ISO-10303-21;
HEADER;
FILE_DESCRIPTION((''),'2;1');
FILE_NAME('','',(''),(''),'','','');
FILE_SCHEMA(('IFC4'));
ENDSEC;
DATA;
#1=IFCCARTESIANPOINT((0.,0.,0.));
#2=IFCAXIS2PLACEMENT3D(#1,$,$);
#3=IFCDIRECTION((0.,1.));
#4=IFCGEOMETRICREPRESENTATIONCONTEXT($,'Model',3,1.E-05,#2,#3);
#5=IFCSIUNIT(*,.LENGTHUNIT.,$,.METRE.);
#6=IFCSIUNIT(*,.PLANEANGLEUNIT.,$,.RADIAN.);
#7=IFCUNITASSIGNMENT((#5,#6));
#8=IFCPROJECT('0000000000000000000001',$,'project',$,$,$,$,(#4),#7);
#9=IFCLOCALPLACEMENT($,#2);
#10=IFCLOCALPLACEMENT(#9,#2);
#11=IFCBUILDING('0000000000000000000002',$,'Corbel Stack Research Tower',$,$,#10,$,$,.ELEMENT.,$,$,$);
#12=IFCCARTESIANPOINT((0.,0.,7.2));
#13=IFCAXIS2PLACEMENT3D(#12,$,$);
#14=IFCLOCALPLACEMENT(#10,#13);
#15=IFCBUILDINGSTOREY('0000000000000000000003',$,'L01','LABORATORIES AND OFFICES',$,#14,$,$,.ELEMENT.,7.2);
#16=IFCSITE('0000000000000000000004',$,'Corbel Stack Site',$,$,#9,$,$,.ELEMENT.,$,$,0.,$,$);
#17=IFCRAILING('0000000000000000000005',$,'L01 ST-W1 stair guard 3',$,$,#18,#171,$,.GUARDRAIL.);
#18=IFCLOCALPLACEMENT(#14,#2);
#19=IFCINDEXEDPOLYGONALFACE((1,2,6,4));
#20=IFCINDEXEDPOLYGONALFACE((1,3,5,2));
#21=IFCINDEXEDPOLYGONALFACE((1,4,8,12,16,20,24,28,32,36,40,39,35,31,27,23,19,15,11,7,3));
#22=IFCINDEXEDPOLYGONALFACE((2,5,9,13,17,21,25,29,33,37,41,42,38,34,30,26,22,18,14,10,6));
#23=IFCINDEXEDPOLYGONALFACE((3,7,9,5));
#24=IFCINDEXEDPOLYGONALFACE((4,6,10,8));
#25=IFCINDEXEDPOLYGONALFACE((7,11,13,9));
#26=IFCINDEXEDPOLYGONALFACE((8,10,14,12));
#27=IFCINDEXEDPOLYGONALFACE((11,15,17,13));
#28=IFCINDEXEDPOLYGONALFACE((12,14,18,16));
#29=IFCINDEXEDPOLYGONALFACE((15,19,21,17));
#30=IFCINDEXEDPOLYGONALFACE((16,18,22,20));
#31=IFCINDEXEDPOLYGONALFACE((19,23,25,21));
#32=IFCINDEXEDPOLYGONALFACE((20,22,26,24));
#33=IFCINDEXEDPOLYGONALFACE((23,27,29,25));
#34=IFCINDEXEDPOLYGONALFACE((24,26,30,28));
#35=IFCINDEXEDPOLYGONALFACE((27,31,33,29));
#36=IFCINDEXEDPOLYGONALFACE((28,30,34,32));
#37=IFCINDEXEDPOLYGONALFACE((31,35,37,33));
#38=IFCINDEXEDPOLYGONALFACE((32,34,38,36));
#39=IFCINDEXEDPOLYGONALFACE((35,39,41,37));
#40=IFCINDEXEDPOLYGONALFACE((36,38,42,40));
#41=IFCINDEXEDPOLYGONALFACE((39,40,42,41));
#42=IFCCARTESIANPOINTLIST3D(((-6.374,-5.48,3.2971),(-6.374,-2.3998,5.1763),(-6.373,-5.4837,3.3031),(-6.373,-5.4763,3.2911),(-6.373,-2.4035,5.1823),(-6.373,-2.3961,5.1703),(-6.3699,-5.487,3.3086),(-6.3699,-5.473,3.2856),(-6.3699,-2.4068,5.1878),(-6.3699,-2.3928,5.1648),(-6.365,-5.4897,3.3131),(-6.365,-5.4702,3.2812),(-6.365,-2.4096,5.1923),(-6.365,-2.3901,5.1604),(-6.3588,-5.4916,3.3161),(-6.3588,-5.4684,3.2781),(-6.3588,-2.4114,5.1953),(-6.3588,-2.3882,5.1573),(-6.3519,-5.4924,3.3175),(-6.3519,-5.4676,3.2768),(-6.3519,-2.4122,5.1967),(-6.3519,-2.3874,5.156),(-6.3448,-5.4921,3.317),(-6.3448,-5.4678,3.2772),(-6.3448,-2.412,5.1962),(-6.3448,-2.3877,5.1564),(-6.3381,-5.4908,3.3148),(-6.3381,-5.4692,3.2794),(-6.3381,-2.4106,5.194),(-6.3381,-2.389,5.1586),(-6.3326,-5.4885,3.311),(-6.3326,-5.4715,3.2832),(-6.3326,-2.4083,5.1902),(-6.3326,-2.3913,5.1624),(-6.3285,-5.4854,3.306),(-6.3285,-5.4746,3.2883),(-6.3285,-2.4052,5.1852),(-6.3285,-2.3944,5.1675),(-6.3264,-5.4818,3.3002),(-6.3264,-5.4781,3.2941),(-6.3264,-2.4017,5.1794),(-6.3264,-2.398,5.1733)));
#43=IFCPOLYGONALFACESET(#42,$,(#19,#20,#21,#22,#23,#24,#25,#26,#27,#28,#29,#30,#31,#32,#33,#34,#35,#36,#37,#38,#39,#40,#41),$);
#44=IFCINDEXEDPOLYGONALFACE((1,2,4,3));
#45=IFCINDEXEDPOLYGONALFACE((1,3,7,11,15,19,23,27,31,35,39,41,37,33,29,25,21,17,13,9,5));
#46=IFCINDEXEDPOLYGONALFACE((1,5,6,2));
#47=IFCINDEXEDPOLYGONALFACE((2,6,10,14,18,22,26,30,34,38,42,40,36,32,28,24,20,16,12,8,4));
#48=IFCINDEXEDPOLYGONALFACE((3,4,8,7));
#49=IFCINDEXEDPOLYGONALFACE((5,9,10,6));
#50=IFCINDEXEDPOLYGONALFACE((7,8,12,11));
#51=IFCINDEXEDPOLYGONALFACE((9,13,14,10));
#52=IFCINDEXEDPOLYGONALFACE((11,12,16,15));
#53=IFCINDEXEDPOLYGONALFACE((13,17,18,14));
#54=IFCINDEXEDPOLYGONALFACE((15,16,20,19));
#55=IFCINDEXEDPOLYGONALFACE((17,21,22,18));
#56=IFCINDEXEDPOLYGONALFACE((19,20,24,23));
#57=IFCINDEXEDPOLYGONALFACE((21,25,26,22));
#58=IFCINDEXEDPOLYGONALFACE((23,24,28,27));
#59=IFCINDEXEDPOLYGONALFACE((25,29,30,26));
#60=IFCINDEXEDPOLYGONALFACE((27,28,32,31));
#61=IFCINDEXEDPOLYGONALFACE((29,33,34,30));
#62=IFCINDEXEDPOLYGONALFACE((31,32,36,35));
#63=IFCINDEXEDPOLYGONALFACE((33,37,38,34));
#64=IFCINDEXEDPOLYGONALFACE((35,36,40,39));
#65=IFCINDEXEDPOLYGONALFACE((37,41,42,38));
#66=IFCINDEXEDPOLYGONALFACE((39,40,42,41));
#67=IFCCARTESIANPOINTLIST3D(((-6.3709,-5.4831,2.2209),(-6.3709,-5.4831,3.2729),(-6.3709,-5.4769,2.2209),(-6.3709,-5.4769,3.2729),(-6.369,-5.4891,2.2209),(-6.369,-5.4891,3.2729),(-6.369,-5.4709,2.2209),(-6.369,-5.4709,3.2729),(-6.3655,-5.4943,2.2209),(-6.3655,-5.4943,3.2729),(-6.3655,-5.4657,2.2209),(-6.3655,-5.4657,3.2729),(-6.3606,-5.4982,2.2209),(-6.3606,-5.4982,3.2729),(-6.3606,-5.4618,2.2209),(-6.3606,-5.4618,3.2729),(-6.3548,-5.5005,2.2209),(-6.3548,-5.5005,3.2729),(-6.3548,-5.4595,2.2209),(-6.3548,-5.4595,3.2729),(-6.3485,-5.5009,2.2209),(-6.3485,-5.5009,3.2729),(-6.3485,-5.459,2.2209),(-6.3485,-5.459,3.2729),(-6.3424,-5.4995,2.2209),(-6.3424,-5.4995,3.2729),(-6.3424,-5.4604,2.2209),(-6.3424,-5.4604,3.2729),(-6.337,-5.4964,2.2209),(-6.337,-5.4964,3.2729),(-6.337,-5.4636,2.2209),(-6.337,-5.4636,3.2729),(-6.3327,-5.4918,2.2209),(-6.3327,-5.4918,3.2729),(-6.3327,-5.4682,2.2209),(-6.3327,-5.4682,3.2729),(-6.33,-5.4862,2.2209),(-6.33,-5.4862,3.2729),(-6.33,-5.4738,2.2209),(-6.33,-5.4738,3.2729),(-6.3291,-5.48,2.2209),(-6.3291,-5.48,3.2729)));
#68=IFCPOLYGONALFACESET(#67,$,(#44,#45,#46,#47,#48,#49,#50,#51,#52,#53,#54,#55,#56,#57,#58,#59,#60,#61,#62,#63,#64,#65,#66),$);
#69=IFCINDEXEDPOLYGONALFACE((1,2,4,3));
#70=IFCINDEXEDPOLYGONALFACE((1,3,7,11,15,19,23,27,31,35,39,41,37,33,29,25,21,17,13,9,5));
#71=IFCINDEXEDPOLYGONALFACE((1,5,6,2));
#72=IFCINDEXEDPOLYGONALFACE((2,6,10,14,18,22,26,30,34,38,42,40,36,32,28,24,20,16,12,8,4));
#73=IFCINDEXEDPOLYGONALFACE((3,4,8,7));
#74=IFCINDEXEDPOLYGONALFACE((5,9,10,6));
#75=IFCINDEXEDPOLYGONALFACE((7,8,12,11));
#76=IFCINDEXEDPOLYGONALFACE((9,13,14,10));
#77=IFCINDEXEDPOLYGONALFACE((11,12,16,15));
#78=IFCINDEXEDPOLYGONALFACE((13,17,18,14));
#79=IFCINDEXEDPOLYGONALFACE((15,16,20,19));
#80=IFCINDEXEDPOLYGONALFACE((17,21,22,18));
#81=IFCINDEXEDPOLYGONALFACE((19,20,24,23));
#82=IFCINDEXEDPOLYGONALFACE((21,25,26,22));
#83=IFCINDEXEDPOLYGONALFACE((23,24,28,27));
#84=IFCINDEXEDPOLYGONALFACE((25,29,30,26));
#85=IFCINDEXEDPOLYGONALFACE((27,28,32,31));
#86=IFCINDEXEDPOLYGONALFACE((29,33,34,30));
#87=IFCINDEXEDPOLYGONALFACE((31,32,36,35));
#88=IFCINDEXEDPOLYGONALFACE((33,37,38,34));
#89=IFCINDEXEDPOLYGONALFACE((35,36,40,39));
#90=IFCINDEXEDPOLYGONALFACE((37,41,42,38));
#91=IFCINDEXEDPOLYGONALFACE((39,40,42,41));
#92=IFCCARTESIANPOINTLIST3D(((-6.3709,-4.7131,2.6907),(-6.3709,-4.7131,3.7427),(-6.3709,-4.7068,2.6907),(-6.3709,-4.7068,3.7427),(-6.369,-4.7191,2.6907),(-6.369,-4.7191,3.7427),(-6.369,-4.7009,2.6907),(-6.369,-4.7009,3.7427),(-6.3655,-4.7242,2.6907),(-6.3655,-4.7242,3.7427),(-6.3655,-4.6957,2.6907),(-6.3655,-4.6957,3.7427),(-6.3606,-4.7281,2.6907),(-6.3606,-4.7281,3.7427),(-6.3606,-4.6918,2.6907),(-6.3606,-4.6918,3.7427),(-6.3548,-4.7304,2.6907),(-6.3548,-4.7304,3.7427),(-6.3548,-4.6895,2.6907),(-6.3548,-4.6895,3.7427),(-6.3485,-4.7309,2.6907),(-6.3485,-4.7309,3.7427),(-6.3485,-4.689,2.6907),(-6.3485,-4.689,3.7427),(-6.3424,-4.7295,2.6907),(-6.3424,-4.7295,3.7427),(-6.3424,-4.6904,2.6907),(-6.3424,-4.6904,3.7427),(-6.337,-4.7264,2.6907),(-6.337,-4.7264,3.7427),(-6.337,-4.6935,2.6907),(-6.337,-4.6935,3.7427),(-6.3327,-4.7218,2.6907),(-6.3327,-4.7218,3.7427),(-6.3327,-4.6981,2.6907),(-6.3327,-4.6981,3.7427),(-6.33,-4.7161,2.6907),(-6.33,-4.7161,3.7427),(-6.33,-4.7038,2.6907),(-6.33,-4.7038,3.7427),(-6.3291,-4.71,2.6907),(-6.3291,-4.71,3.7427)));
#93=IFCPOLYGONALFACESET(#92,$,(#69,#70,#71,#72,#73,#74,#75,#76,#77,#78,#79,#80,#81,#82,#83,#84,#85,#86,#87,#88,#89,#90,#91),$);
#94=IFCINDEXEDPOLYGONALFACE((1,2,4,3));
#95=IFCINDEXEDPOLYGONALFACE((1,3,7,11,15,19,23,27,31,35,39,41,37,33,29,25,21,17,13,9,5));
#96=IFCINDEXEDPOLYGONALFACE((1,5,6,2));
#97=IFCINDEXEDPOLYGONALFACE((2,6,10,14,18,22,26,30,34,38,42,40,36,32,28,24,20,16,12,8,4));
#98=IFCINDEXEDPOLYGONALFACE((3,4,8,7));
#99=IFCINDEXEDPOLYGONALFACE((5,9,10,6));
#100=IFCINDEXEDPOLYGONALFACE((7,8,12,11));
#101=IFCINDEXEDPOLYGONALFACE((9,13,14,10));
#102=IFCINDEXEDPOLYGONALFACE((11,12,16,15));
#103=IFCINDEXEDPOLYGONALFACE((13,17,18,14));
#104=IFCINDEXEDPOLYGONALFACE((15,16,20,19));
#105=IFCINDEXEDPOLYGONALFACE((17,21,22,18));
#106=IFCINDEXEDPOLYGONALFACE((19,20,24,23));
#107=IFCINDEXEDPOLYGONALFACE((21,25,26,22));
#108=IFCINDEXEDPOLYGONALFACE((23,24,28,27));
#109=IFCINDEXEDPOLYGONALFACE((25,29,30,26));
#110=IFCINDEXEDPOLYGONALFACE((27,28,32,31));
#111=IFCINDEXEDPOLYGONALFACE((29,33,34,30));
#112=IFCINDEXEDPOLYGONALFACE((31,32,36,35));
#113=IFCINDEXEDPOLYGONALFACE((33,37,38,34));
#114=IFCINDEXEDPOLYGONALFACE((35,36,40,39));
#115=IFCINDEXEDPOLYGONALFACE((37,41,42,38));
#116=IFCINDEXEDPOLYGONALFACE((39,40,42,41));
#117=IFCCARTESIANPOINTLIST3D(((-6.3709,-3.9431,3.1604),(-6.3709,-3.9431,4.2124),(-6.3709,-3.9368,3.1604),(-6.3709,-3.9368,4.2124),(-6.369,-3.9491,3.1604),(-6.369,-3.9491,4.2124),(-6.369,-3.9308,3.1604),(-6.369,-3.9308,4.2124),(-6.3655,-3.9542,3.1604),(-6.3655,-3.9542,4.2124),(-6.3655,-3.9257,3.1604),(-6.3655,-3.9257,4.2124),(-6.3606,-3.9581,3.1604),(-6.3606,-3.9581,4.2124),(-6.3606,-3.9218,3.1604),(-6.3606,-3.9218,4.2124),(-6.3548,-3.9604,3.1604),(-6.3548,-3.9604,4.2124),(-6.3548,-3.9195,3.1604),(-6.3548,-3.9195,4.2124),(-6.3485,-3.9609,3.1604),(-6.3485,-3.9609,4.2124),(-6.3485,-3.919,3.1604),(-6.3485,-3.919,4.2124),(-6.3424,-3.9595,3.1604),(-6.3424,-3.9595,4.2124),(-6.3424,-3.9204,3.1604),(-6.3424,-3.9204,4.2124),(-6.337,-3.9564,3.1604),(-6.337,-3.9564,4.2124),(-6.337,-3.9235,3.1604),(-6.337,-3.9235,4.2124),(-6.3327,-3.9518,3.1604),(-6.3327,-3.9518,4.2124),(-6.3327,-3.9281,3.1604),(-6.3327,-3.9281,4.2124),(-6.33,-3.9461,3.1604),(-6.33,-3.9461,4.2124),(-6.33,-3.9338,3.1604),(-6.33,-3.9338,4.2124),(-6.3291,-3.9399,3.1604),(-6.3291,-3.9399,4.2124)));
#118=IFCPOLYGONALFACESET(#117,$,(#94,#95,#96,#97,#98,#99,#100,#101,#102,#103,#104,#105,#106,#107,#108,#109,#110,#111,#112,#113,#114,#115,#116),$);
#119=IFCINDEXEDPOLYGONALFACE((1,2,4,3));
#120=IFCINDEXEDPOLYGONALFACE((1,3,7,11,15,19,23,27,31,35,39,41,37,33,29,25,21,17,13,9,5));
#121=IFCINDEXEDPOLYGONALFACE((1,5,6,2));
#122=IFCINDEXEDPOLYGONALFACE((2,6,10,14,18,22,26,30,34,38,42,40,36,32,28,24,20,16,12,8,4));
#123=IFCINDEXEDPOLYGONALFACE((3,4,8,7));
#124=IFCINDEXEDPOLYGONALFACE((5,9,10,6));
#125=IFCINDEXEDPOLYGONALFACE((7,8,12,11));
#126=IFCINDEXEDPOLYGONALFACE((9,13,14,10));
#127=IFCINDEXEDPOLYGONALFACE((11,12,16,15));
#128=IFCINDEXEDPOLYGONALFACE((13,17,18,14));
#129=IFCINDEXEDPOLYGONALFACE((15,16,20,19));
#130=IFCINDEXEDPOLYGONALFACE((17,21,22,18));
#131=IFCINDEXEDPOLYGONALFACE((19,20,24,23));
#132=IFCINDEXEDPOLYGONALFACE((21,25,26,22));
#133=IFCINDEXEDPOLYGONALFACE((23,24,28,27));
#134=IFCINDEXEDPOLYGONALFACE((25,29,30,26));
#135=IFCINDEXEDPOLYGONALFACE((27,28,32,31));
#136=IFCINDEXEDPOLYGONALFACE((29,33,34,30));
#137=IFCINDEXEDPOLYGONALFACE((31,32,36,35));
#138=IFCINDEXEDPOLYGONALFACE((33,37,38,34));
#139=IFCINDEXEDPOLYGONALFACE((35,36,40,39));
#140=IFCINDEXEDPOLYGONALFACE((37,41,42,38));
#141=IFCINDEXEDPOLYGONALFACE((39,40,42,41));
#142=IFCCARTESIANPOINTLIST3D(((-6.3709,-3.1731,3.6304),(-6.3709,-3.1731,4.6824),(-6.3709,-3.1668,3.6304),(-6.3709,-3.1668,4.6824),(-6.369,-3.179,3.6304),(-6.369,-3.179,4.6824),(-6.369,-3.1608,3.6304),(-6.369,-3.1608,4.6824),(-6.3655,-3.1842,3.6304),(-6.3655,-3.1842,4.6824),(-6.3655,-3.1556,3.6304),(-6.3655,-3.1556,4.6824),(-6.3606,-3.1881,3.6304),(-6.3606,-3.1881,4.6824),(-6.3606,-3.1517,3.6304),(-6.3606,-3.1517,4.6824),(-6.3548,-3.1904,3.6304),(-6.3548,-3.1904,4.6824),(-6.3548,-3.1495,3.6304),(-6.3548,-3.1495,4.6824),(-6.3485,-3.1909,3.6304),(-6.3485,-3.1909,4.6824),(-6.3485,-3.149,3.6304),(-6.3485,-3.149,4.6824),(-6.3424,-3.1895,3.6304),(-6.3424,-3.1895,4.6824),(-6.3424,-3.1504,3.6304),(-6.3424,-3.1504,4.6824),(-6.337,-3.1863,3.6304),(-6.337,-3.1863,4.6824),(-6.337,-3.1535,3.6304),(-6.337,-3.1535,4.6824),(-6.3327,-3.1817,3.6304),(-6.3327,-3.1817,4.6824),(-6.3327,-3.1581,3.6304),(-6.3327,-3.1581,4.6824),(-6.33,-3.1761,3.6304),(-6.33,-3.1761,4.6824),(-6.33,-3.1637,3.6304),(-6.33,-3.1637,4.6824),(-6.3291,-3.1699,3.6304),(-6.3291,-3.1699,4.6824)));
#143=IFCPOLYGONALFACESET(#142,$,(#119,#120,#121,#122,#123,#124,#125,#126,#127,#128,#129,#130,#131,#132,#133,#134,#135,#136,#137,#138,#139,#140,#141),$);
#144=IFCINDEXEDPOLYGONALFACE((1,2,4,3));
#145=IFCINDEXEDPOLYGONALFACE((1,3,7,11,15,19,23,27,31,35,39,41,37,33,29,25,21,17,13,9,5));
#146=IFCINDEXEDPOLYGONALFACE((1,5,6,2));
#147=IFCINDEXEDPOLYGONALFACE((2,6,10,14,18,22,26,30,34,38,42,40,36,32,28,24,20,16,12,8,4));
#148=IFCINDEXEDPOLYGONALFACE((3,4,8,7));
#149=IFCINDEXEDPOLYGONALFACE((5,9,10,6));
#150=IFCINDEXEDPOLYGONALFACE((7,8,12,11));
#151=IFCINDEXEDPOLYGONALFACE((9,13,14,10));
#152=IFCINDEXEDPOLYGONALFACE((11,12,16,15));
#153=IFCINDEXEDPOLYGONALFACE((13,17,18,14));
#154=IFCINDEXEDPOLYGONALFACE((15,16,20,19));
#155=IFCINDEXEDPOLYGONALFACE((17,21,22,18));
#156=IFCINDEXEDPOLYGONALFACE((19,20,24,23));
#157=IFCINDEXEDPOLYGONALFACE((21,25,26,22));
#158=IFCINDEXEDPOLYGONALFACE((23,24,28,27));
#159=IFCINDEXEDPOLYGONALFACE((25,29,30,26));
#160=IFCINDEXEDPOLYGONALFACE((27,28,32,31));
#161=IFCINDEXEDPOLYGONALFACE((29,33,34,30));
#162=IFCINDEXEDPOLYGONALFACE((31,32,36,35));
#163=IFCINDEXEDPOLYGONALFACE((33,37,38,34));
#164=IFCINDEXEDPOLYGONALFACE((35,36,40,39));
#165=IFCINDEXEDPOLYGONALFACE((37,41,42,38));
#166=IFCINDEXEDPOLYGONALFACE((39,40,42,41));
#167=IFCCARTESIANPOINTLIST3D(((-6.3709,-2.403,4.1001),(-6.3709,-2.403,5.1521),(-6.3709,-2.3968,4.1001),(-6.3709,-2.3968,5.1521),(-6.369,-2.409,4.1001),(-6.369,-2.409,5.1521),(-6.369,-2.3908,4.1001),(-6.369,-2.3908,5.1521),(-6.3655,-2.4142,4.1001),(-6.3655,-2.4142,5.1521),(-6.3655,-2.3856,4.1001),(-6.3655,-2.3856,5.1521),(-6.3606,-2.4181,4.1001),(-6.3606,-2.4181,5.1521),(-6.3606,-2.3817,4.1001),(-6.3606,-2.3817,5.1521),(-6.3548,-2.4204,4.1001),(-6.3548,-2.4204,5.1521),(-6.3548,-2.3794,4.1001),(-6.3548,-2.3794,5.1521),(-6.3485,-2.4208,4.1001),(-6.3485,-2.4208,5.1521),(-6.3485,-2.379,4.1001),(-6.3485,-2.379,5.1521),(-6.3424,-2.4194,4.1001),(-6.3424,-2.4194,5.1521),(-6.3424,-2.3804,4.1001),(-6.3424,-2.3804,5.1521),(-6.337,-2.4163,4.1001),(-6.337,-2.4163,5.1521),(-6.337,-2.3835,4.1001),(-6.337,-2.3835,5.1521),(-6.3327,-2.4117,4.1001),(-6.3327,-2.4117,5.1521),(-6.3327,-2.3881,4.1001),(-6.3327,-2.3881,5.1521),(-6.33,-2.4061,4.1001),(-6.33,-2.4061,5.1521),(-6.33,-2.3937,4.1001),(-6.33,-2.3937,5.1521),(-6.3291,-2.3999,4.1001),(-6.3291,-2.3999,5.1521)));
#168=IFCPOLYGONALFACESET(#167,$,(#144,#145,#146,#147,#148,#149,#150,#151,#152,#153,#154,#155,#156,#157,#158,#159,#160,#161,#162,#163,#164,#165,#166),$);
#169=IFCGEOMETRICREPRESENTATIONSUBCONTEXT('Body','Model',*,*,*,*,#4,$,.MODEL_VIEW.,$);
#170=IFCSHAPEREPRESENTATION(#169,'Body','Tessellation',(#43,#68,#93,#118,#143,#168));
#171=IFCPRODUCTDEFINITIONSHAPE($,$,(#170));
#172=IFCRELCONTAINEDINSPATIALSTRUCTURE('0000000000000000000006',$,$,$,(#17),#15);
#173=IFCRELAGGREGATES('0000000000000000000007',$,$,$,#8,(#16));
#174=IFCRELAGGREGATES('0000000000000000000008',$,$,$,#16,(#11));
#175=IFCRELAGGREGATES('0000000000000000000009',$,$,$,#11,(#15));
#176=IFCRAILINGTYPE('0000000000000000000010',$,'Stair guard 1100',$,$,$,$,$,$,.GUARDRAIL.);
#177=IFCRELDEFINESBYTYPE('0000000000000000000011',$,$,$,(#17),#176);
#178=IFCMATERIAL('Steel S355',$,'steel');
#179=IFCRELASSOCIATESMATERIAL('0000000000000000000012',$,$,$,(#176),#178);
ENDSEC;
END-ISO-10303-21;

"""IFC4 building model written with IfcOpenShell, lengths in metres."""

from ifc_helpers import new_model, si_unit, direction, frame, origin, origin_2d, place, context, subcontext, project, spatial, circle, extrude, material, type_object, element, save


model = new_model("IFC4")

# Units and contexts
model_context = context("Model", 3, precision=1e-05, world=origin(), true_north=direction((0.0, 1.0)))
body_context = subcontext(model_context, "Body", "Model", "MODEL_VIEW")
ifc_project = project(units=[si_unit("LENGTHUNIT", "METRE"), si_unit("PLANEANGLEUNIT", "RADIAN")], contexts=[model_context])

# Site, building, storey
site_placement = place(None, origin())
site = spatial("IfcSite", under=ifc_project, at=site_placement, Name="Corbel Stack Site", CompositionType="ELEMENT", RefElevation=0.0)
building_placement = place(site_placement, origin())
building = spatial("IfcBuilding", under=site, at=building_placement, Name="Corbel Stack Research Tower", CompositionType="ELEMENT")
storey_placement = place(building_placement, frame((0.0, 0.0, 7.2)))
storey = spatial("IfcBuildingStorey", under=building, at=storey_placement, Name="L01", Description="LABORATORIES AND OFFICES", CompositionType="ELEMENT", Elevation=7.2)

# Railing
ifc_material_1 = material(Name="Steel S355", Category="steel")
railing_type_1 = type_object("IfcRailingType", Name="Stair guard 1100", PredefinedType="GUARDRAIL", material=ifc_material_1)
railing_1_placement = place(storey_placement, frame((-6.3501, -5.48, 2.2209)))
element("IfcRailing", 1, at=railing_1_placement, inside=storey, type_object=railing_type_1, Name="L01 ST-W1 stair guard 3", PredefinedType="GUARDRAIL", context=body_context, shape_type="SweptSolid", body=[
    extrude(circle(Radius=0.0239, at=origin_2d()), frame((0.0, 0.0, 1.0762), z_axis=(0.0, 0.853666, 0.52082), x_axis=(-1.0, 0.0, 0.0)), (0.0, 0.0, 1.0), 3.6082),
    extrude(circle(Radius=0.021, at=origin_2d()), origin(), (0.0, 0.0, 1.0), 1.052),
    extrude(circle(Radius=0.021, at=origin_2d()), frame((0.0, 0.77, 0.4697)), (0.0, 0.0, 1.0), 1.052),
    extrude(circle(Radius=0.021, at=origin_2d()), frame((0.0, 1.54, 0.9395)), (0.0, 0.0, 1.0), 1.052),
    extrude(circle(Radius=0.021, at=origin_2d()), frame((0.0, 2.3101, 1.4094)), (0.0, 0.0, 1.0), 1.052),
    extrude(circle(Radius=0.021, at=origin_2d()), frame((0.0, 3.0801, 1.8792)), (0.0, 0.0, 1.0), 1.052),
])

save(model, "model.ifc")
